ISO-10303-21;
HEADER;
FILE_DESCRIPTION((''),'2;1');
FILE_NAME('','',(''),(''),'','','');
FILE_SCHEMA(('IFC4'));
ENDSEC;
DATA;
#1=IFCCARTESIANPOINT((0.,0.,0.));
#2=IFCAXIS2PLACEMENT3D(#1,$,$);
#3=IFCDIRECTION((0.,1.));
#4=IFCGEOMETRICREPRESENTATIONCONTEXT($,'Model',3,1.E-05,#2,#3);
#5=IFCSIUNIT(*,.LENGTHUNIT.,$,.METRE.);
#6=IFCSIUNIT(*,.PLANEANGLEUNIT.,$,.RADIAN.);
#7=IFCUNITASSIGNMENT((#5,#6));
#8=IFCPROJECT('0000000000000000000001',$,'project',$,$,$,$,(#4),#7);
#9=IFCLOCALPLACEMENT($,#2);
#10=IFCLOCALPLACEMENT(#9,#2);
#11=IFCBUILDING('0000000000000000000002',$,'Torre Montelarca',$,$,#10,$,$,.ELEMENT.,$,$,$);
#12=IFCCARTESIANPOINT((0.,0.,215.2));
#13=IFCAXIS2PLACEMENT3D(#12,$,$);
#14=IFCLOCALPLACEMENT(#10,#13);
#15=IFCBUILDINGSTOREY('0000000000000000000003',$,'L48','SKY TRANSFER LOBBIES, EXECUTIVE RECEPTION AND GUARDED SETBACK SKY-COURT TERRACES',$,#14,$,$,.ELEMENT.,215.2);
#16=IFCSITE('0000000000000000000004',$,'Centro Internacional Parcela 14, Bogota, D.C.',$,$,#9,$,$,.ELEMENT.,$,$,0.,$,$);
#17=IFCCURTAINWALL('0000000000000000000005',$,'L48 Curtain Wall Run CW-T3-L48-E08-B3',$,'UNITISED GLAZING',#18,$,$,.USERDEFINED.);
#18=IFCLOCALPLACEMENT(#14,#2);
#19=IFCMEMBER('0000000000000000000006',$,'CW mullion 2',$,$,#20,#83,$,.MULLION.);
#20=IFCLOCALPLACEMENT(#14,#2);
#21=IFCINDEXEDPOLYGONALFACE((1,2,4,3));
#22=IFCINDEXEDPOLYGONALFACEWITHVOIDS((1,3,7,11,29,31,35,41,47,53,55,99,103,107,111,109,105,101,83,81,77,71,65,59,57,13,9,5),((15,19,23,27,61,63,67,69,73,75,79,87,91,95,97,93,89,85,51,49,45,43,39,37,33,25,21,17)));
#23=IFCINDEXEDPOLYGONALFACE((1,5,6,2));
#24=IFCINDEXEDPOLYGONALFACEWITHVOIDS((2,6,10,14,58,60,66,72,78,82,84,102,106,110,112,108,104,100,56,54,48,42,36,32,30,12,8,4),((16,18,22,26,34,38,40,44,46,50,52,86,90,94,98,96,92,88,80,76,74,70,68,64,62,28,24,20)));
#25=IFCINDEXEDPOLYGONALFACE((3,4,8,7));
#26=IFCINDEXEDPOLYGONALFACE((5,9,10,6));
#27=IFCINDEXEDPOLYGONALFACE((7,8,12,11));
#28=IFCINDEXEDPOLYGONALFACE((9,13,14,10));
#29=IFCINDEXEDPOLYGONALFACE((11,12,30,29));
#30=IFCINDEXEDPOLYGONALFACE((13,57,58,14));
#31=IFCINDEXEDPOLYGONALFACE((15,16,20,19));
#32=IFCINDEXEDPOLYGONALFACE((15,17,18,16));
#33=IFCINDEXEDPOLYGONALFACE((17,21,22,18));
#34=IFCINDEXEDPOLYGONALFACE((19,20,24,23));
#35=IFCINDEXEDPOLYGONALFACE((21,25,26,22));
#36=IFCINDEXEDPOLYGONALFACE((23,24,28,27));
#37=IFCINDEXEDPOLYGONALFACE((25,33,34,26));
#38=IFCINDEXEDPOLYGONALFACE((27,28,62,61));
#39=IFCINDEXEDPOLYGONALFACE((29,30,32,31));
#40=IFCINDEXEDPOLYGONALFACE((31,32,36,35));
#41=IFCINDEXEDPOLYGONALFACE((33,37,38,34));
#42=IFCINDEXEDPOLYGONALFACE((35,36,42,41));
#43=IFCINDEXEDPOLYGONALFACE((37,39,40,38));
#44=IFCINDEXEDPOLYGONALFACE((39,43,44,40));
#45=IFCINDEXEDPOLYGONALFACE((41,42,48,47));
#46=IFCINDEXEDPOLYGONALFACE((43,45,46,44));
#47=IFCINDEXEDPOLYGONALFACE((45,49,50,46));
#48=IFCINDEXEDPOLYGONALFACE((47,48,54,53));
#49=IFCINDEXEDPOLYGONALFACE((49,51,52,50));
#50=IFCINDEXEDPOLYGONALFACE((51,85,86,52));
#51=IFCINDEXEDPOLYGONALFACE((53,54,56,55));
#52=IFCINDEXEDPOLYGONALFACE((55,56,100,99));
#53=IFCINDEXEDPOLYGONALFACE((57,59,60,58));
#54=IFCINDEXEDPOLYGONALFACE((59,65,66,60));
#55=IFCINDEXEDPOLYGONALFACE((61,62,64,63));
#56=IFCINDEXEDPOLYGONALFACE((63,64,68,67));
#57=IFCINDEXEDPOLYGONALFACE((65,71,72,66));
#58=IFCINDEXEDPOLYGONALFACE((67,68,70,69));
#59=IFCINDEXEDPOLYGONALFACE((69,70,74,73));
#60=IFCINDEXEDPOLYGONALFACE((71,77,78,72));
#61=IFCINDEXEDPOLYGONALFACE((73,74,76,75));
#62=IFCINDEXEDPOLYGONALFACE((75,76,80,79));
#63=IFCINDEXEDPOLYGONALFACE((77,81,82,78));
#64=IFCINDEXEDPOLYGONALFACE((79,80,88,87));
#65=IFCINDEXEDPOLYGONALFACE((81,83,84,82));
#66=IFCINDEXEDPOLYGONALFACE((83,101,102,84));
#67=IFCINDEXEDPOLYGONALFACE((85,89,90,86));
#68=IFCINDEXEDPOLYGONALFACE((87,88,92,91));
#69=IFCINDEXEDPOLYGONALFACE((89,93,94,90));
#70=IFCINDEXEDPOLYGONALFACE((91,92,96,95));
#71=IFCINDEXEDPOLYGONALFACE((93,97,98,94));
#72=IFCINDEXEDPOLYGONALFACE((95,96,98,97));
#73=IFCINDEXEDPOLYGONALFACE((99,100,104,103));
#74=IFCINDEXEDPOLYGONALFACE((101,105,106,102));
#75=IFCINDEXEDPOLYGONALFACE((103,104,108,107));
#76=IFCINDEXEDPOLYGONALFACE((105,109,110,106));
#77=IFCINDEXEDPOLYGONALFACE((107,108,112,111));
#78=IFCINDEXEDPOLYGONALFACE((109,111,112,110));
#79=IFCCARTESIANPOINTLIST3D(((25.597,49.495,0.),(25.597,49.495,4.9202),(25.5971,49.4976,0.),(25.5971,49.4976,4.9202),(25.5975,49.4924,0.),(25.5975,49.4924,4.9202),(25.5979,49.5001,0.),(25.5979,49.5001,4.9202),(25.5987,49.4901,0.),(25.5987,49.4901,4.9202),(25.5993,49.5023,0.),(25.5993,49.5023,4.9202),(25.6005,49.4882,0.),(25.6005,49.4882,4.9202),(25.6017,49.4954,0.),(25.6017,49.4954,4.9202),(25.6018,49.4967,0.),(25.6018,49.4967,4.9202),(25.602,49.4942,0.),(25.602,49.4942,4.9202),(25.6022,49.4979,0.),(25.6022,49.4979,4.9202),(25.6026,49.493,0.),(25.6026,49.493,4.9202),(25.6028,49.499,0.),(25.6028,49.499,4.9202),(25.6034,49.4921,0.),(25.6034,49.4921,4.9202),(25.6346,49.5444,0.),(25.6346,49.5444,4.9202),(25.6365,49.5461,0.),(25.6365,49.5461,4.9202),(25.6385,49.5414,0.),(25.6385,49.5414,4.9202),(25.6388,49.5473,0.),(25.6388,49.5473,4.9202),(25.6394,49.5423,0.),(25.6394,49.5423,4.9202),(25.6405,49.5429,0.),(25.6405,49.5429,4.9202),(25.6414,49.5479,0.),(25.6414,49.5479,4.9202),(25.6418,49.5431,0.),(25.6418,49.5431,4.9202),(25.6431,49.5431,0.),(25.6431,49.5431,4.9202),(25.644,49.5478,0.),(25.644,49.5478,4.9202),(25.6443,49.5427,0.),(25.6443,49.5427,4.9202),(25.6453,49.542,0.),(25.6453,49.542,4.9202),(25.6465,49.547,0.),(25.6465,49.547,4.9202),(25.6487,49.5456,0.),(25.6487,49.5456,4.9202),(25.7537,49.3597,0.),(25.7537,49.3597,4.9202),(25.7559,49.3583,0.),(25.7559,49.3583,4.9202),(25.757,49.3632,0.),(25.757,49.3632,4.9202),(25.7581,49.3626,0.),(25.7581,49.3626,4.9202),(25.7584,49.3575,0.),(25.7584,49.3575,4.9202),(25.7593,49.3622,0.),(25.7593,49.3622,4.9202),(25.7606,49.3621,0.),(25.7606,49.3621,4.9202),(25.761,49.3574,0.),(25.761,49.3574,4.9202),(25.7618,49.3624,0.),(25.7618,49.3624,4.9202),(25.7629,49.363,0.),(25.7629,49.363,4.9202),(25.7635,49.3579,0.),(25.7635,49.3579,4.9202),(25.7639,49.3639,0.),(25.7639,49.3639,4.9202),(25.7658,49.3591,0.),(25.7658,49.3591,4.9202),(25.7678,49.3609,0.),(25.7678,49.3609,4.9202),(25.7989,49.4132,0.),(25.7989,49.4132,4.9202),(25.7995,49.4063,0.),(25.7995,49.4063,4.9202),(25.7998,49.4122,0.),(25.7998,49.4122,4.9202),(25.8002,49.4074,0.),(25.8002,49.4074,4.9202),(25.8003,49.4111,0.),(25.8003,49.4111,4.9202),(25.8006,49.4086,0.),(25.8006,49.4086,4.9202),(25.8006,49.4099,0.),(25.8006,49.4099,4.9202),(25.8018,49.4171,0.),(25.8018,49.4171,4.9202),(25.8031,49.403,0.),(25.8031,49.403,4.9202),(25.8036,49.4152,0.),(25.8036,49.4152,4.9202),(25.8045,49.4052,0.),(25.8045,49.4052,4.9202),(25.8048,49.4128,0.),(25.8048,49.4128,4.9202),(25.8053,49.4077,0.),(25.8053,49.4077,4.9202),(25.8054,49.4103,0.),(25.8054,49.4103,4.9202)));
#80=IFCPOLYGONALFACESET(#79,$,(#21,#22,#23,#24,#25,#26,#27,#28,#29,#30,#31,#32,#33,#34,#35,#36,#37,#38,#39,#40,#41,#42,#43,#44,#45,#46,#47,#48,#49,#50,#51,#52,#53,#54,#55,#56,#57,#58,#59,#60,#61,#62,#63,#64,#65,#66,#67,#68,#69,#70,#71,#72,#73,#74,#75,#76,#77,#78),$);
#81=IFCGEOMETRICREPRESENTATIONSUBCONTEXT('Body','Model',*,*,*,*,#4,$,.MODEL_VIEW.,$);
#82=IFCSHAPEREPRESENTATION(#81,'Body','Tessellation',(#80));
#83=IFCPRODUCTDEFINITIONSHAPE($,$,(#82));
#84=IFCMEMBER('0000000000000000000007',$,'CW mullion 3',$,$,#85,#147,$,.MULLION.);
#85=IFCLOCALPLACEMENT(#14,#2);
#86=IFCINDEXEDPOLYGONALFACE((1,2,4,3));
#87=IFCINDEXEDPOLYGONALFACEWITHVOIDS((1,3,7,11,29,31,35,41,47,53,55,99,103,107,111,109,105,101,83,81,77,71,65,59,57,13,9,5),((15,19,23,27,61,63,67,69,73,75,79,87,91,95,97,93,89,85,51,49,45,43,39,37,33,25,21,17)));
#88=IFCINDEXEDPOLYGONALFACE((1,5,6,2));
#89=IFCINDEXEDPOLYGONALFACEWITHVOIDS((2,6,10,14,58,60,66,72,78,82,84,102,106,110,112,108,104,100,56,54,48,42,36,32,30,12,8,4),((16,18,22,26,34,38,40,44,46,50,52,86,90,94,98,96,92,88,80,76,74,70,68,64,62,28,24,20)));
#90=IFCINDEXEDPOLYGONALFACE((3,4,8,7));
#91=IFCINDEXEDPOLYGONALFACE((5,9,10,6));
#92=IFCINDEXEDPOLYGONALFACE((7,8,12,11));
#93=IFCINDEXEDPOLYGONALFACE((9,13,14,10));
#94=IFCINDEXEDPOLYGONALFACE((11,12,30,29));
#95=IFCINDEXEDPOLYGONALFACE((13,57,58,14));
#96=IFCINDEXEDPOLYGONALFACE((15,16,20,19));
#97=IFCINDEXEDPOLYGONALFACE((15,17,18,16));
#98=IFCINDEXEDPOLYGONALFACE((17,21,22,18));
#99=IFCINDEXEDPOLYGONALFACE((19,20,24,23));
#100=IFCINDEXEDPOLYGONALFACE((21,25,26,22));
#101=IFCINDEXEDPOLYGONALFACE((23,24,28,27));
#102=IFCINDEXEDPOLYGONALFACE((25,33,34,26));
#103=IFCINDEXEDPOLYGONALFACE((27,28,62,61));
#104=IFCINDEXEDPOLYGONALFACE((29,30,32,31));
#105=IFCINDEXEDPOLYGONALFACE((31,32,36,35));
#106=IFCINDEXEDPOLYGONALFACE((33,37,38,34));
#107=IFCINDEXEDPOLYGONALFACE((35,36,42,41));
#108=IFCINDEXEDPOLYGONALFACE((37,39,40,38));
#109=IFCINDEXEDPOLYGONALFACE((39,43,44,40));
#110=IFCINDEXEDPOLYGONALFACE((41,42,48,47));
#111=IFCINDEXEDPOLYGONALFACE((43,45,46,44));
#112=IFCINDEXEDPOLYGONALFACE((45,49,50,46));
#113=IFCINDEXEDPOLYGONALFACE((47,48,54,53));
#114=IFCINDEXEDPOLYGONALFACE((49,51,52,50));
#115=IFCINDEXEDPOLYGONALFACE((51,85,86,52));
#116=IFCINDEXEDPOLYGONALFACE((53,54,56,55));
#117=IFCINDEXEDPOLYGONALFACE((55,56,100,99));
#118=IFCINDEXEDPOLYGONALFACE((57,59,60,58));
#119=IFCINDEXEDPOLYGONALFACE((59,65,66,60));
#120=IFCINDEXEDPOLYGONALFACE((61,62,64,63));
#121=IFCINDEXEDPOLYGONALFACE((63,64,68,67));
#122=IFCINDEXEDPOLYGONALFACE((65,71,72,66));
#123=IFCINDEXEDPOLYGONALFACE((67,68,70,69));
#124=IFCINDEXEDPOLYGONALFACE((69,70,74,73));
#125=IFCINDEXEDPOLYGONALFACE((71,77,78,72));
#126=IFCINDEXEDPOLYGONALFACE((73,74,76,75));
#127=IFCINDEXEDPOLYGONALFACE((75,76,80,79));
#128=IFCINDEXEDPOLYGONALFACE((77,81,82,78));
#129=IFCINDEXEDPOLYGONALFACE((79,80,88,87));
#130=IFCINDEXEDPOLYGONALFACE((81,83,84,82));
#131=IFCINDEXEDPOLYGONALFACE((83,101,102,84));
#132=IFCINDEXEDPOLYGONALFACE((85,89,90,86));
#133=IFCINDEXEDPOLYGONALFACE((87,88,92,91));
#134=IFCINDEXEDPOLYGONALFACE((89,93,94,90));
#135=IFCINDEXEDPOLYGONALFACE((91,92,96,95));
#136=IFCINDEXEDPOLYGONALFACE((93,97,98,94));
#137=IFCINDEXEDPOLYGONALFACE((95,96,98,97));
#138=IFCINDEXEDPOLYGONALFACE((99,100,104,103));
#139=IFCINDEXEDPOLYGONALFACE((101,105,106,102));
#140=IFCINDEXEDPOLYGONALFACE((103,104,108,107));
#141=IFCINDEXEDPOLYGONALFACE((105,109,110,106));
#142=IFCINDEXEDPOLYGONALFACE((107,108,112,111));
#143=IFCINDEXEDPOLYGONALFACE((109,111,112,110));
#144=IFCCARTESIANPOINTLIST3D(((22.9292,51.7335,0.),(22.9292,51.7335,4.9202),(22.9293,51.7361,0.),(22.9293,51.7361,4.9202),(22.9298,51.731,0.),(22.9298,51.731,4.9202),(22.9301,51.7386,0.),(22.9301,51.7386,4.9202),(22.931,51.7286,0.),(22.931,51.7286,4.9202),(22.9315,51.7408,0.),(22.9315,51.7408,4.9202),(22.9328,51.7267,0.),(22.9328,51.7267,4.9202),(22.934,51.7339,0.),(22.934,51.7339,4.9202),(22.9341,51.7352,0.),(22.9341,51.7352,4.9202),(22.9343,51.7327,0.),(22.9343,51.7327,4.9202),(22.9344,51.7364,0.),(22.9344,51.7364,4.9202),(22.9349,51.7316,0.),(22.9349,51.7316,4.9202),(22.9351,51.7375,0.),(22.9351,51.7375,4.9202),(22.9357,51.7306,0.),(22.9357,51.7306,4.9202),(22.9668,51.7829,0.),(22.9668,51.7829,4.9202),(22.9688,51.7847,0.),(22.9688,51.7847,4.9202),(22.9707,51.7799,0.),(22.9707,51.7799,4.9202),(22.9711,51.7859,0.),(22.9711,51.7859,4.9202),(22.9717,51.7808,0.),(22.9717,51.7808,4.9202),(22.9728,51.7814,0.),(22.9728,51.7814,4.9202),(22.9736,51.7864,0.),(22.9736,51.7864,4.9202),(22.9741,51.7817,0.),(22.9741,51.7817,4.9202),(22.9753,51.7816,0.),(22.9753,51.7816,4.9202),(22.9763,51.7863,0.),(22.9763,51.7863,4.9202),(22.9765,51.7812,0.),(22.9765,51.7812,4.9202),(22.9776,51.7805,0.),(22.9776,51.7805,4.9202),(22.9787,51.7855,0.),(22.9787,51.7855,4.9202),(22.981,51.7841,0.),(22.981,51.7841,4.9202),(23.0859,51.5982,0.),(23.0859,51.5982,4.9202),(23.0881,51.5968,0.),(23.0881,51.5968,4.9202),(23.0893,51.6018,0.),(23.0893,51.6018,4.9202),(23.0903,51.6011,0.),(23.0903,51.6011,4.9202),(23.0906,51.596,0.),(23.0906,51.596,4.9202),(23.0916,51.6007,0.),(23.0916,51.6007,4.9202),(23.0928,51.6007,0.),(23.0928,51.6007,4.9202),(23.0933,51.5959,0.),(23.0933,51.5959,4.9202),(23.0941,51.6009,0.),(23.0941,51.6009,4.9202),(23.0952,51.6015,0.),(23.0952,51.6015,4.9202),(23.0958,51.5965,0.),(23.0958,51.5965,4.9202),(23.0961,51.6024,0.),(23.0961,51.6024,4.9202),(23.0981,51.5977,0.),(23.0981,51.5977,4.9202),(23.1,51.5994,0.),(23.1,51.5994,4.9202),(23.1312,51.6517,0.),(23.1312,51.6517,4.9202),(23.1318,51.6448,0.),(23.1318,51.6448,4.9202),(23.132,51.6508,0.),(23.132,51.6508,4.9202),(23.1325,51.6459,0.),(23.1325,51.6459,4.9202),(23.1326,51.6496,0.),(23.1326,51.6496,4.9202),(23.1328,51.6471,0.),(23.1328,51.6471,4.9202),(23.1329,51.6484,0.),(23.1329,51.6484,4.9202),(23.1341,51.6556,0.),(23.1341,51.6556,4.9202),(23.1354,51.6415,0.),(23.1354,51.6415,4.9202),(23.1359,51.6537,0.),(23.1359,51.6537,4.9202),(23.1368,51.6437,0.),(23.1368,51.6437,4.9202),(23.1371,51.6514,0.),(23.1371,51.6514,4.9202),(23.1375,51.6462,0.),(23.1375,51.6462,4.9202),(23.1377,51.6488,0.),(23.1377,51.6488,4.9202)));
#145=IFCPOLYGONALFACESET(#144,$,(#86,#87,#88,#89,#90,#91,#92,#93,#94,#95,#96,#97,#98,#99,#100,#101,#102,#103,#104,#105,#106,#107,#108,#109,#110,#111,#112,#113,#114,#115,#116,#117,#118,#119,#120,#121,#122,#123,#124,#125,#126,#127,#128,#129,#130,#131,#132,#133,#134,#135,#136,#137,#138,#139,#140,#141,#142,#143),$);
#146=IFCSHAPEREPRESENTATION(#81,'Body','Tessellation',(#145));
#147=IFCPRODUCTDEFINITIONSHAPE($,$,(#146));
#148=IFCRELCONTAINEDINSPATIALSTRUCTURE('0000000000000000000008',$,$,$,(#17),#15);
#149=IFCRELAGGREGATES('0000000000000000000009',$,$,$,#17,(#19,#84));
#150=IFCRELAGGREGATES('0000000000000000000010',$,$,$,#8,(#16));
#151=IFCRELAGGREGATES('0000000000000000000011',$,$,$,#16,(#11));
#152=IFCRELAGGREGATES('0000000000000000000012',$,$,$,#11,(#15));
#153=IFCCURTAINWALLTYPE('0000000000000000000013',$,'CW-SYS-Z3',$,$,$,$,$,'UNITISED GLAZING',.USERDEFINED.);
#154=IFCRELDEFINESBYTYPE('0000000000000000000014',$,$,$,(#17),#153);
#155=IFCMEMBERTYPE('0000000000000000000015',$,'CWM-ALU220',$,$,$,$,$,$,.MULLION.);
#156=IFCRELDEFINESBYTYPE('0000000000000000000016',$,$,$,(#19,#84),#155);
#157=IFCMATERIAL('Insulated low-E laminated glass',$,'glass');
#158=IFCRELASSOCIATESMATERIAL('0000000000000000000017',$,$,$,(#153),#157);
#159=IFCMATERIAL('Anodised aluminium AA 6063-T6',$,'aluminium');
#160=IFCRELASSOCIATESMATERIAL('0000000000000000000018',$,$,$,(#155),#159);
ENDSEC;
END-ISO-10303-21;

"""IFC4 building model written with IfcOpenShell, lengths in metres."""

from ifc_helpers import new_model, si_unit, direction, frame, origin, origin_2d, place, context, subcontext, project, spatial, hollow_rectangle, extrude, source, transform, mapped, material, material_profile, profile_set, type_object, element, aggregate, save


model = new_model("IFC4")

# Units and contexts
model_context = context("Model", 3, precision=1e-05, world=origin(), true_north=direction((0.0, 1.0)))
body_context = subcontext(model_context, "Body", "Model", "MODEL_VIEW")
ifc_project = project(units=[si_unit("LENGTHUNIT", "METRE"), si_unit("PLANEANGLEUNIT", "RADIAN")], contexts=[model_context])

# Site, building, storey
site_placement = place(None, origin())
site = spatial("IfcSite", under=ifc_project, at=site_placement, Name="Centro Internacional Parcela 14, Bogota, D.C.", CompositionType="ELEMENT", RefElevation=0.0)
building_placement = place(site_placement, origin())
building = spatial("IfcBuilding", under=site, at=building_placement, Name="Torre Montelarca", CompositionType="ELEMENT")
storey_placement = place(building_placement, frame((0.0, 0.0, 215.2)))
storey = spatial("IfcBuildingStorey", under=building, at=storey_placement, Name="L48", Description="SKY TRANSFER LOBBIES, EXECUTIVE RECEPTION AND GUARDED SETBACK SKY-COURT TERRACES", CompositionType="ELEMENT", Elevation=215.2)

# Shared definitions
ifc_material_1 = material(Name="Insulated low-E laminated glass", Category="glass")
curtain_wall_type = type_object("IfcCurtainWallType", Name="CW-SYS-Z3", ElementType="UNITISED GLAZING", PredefinedType="USERDEFINED", material=ifc_material_1)
ifc_material_2 = material(Name="Anodised aluminium AA 6063-T6", Category="aluminium")
ifc_material_profile_1 = material_profile(ifc_material_2, hollow_rectangle(XDim=0.075, YDim=0.22, WallThickness=0.0049, InnerFilletRadius=0.0049, OuterFilletRadius=0.01, at=origin_2d()), Name="ALU75X220X5", Category="aluminium")
ifc_profile_set_1 = profile_set([ifc_material_profile_1], Name="Anodised aluminium AA 6063-T6")
member_type_1 = type_object("IfcMemberType", Name="CWM-ALU220", PredefinedType="MULLION", material=ifc_profile_set_1)
shared_shape_1 = source(origin(), body_context, "Body", "SweptSolid", [
    extrude(hollow_rectangle(XDim=0.075, YDim=0.22, WallThickness=0.0049, InnerFilletRadius=0.0049, OuterFilletRadius=0.01, at=origin_2d()), origin(), (0.0, 0.0, 1.0), 4.9202),
])

# Curtain wall, members
curtain_wall_1_placement = place(storey_placement, origin())
curtain_wall_1 = element("IfcCurtainWall", 1, at=curtain_wall_1_placement, inside=storey, type_object=curtain_wall_type, Name="L48 Curtain Wall Run CW-T3-L48-E08-B3", ObjectType="UNITISED GLAZING", PredefinedType="USERDEFINED")
member_1_placement = place(storey_placement, frame((25.7012, 49.4526, 0.0), z_axis=(0.0, 0.0, 1.0), x_axis=(-0.642789, -0.766043, 0.0)))
member_1 = element("IfcMember", 2, at=member_1_placement, type_object=member_type_1, Name="CW mullion 2", PredefinedType="MULLION", context=body_context, shape_type="MappedRepresentation", body=[
    mapped(shared_shape_1, transform((0.0, 0.0, 0.0), scale=1.0)),
])
member_2_placement = place(storey_placement, frame((23.0334, 51.6912, 0.0), z_axis=(0.0, 0.0, 1.0), x_axis=(-0.642789, -0.766043, 0.0)))
member_2 = element("IfcMember", 3, at=member_2_placement, type_object=member_type_1, Name="CW mullion 3", PredefinedType="MULLION", context=body_context, shape_type="MappedRepresentation", body=[
    mapped(shared_shape_1, transform((0.0, 0.0, 0.0), scale=1.0)),
])

aggregate(curtain_wall_1, [member_1, member_2])

save(model, "model.ifc")
